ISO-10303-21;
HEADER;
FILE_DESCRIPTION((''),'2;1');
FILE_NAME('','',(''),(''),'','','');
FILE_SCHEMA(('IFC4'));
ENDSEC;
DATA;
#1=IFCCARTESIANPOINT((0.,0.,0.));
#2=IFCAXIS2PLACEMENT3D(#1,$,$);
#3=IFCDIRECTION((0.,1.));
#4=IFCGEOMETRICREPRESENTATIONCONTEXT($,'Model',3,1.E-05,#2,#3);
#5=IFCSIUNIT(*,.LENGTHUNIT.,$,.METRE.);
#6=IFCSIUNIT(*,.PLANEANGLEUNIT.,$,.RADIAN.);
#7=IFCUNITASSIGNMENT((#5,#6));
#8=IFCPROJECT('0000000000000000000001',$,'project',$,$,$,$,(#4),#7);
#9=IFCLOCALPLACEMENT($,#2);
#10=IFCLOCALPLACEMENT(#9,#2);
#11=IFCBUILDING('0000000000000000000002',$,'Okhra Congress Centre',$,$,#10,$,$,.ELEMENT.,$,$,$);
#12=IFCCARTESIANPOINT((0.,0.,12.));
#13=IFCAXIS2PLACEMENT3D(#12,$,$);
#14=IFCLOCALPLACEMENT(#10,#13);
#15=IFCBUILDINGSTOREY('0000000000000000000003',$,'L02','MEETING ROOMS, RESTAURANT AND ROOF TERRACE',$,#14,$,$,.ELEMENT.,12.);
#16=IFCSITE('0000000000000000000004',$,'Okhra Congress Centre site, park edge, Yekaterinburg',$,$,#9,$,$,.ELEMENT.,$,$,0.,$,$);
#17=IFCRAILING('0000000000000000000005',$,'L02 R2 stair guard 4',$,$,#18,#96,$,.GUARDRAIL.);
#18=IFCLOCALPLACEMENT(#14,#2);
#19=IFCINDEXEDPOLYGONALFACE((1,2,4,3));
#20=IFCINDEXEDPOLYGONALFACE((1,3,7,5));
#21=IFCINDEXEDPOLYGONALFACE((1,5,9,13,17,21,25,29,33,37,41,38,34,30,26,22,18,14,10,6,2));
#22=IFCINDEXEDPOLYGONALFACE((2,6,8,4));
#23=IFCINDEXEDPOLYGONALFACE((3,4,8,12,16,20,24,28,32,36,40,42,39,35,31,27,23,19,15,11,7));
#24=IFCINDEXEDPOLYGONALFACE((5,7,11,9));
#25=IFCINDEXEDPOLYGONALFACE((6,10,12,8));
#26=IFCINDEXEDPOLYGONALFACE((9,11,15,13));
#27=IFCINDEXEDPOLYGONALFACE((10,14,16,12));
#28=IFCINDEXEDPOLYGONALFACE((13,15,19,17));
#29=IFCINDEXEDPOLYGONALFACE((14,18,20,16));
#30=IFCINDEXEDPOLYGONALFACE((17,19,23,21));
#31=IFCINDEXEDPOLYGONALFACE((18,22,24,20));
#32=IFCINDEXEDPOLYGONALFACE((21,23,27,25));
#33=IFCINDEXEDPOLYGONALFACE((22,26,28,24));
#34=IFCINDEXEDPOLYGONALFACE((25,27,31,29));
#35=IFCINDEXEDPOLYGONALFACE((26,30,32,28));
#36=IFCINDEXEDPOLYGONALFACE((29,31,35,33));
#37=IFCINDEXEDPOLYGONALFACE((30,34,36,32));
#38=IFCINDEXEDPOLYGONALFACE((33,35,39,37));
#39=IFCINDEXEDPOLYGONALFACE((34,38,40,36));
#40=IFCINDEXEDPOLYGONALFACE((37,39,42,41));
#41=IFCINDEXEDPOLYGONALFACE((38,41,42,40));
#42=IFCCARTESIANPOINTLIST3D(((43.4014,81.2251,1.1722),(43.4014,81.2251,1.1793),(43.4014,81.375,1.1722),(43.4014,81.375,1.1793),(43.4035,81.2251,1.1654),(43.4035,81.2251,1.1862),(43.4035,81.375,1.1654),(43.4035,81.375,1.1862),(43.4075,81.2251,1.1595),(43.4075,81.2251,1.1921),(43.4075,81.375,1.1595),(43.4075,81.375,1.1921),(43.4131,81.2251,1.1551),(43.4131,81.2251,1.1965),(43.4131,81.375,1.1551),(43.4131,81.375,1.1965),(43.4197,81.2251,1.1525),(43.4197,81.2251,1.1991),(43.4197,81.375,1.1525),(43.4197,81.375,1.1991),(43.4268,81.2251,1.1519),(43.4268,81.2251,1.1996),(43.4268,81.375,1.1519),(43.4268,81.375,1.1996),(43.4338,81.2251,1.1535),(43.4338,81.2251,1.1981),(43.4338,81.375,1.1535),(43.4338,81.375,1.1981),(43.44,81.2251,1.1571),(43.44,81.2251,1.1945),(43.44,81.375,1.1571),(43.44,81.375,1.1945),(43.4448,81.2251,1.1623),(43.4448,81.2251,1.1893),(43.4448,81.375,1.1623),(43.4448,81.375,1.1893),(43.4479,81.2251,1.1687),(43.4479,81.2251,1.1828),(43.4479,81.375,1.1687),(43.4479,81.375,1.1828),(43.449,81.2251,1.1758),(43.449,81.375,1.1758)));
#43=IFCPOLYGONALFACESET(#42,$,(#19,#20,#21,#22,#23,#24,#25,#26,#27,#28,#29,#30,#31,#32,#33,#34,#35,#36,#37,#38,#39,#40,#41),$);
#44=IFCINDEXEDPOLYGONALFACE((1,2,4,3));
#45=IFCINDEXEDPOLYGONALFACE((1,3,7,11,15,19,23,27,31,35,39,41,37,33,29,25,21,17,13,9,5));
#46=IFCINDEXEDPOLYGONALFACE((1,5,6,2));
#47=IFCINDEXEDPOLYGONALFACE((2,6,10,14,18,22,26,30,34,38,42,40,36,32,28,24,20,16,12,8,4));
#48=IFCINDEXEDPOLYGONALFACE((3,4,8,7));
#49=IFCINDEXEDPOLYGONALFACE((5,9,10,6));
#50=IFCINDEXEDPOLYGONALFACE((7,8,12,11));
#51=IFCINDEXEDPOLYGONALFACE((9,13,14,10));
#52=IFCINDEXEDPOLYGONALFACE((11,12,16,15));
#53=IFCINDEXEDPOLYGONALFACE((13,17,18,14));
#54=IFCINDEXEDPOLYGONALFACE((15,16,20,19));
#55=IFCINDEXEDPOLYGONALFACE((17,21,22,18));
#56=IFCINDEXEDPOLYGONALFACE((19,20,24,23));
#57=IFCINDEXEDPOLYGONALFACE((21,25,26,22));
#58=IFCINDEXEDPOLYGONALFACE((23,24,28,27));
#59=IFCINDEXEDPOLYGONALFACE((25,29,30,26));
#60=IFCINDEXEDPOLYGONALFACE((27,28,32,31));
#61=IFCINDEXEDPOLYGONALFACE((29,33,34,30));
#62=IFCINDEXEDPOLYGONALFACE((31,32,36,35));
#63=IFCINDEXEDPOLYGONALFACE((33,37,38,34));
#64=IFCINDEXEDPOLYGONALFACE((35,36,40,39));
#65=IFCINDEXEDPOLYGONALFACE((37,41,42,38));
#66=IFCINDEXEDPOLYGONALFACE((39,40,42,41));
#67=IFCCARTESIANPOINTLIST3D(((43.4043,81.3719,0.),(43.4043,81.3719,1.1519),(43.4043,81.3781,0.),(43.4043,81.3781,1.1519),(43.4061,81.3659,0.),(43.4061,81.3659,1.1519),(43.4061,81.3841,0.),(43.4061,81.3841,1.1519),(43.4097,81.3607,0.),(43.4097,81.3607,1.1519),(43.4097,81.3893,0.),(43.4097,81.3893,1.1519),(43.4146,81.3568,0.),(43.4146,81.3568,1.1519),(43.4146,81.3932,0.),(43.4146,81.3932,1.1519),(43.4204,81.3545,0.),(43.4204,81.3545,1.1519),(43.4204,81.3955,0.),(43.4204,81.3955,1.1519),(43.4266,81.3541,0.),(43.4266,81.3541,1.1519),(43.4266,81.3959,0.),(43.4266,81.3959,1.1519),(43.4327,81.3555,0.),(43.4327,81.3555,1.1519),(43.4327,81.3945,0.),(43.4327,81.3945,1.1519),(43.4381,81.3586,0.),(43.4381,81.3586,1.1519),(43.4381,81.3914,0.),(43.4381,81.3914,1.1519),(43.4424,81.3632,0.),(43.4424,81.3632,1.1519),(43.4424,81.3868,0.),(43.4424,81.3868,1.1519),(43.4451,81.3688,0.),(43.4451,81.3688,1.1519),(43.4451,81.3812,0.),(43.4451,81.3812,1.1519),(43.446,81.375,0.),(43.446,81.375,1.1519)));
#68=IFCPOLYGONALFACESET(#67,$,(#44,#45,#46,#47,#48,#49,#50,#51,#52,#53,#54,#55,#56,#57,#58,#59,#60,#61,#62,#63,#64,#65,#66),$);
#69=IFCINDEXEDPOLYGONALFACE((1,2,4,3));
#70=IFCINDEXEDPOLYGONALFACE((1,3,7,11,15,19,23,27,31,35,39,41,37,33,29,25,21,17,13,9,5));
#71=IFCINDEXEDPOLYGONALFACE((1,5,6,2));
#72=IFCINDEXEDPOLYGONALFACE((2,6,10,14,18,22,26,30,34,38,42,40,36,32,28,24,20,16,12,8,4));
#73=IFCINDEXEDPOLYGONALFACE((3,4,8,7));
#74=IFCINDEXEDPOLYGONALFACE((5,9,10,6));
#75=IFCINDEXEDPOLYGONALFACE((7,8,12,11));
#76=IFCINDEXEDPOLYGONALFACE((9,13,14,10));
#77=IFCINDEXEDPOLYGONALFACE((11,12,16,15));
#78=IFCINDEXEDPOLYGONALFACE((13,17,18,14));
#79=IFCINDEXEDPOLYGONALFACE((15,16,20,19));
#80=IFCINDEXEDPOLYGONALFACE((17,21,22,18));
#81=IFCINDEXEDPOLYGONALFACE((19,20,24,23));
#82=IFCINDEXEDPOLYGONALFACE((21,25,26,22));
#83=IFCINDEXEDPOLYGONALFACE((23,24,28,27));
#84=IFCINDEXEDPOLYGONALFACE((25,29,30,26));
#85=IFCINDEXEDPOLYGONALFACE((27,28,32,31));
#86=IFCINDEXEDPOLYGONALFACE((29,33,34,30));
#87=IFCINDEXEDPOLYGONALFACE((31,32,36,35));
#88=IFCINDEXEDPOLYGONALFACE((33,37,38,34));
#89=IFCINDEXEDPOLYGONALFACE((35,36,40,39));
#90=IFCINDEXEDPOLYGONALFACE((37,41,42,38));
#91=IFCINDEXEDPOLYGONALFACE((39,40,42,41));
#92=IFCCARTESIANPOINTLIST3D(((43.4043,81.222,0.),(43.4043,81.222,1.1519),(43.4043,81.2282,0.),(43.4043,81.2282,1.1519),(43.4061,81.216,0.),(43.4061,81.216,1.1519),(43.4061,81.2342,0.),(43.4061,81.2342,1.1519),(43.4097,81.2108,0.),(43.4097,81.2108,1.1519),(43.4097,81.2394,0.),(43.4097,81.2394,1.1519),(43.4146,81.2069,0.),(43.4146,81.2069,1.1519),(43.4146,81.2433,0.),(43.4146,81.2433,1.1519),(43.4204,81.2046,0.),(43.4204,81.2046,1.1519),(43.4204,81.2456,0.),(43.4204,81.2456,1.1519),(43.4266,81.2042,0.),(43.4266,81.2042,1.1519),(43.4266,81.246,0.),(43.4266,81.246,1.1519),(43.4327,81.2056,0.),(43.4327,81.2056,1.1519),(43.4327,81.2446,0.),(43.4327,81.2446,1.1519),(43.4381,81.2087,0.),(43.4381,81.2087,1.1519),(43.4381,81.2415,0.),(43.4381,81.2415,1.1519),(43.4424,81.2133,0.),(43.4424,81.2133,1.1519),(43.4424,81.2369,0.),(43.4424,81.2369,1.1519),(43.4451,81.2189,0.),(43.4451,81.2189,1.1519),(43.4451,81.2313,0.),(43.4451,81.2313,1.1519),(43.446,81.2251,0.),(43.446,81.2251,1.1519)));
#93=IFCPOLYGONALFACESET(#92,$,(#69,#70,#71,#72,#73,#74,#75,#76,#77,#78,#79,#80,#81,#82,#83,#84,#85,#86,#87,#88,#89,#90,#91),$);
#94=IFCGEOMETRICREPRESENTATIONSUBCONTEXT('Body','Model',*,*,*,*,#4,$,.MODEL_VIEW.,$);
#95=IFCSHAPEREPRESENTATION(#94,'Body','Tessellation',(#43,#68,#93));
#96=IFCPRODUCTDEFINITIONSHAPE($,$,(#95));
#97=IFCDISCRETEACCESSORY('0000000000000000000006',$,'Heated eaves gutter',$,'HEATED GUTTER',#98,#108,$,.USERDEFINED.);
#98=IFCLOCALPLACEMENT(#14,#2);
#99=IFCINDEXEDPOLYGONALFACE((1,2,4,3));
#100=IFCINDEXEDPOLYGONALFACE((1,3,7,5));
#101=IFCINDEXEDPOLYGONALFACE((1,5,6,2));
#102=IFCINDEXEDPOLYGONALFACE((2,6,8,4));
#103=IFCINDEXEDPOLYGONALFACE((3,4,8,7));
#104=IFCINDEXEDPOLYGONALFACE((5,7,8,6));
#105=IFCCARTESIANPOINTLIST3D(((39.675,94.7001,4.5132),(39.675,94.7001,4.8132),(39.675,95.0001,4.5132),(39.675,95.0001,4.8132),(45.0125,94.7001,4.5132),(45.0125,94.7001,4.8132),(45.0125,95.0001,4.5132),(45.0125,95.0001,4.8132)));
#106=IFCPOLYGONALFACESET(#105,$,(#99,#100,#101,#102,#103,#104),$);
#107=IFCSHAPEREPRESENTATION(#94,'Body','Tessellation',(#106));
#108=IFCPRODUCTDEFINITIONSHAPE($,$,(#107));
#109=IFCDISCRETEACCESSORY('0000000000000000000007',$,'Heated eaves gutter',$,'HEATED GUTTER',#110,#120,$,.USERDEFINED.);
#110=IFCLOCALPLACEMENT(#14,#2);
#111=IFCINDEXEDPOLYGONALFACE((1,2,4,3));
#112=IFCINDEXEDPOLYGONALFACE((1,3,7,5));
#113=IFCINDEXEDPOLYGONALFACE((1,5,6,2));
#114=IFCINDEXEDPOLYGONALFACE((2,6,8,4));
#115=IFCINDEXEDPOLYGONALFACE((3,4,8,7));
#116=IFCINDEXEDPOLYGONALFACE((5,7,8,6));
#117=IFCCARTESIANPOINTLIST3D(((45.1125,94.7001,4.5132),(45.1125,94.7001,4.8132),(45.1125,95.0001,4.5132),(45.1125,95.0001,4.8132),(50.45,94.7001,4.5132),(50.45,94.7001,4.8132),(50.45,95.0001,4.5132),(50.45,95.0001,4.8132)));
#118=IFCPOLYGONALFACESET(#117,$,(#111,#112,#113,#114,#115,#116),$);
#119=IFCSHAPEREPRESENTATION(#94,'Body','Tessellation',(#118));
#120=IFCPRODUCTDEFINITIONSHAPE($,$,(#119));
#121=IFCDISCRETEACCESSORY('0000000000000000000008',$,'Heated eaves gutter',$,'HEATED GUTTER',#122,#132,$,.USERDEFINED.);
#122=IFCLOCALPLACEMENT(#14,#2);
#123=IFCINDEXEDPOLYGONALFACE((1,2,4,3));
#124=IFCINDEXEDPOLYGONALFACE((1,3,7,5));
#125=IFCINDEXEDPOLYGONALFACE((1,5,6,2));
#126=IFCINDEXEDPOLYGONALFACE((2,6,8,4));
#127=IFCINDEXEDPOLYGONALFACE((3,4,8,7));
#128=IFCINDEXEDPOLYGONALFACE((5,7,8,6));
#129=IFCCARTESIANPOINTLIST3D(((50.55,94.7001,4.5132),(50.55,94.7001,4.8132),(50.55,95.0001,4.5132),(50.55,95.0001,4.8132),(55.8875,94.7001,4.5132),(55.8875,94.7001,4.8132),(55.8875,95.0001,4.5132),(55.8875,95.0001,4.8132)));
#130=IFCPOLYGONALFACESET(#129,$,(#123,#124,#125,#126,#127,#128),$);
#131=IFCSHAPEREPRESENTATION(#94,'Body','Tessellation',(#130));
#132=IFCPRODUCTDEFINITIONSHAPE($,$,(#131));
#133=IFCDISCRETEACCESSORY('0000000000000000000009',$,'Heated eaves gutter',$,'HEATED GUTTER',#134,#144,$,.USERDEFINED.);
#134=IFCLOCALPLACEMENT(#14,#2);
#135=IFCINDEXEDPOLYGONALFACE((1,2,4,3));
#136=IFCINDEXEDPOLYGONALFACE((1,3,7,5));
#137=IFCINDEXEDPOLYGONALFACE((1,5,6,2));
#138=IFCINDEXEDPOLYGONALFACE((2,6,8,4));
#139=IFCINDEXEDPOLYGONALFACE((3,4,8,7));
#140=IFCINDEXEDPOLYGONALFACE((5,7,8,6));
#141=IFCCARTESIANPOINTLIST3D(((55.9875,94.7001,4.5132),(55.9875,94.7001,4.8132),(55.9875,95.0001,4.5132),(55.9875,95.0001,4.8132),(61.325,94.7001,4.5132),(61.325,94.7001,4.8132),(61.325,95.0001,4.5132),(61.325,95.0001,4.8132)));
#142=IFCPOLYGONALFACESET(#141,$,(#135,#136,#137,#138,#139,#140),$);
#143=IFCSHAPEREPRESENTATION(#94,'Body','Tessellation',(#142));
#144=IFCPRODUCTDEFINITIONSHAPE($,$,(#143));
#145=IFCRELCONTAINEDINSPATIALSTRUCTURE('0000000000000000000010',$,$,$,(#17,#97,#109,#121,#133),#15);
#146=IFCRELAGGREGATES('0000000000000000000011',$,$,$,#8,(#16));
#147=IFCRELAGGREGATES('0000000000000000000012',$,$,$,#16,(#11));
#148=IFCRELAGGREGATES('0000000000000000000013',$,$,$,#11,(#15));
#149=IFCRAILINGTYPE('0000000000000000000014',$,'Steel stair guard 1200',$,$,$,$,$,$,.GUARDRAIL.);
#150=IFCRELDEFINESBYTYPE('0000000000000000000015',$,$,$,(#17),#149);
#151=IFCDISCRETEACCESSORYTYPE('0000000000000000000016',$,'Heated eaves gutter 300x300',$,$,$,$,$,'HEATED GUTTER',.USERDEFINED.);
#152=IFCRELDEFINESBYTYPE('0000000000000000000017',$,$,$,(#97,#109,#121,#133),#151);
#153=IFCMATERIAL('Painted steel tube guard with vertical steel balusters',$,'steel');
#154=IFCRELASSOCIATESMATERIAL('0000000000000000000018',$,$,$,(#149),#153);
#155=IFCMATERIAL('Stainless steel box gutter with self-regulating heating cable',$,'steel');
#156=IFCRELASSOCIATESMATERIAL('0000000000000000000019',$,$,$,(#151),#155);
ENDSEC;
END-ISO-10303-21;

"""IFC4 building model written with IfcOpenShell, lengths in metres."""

from ifc_helpers import new_model, si_unit, direction, frame, origin, origin_2d, place, context, subcontext, project, spatial, rectangle, circle, extrude, material, type_object, element, save


model = new_model("IFC4")

# Units and contexts
model_context = context("Model", 3, precision=1e-05, world=origin(), true_north=direction((0.0, 1.0)))
body_context = subcontext(model_context, "Body", "Model", "MODEL_VIEW")
ifc_project = project(units=[si_unit("LENGTHUNIT", "METRE"), si_unit("PLANEANGLEUNIT", "RADIAN")], contexts=[model_context])

# Site, building, storey
site_placement = place(None, origin())
site = spatial("IfcSite", under=ifc_project, at=site_placement, Name="Okhra Congress Centre site, park edge, Yekaterinburg", CompositionType="ELEMENT", RefElevation=0.0)
building_placement = place(site_placement, origin())
building = spatial("IfcBuilding", under=site, at=building_placement, Name="Okhra Congress Centre", CompositionType="ELEMENT")
storey_placement = place(building_placement, frame((0.0, 0.0, 12.0)))
storey = spatial("IfcBuildingStorey", under=building, at=storey_placement, Name="L02", Description="MEETING ROOMS, RESTAURANT AND ROOF TERRACE", CompositionType="ELEMENT", Elevation=12.0)

# Railing
ifc_material_1 = material(Name="Painted steel tube guard with vertical steel balusters", Category="steel")
railing_type_1 = type_object("IfcRailingType", Name="Steel stair guard 1200", PredefinedType="GUARDRAIL", material=ifc_material_1)
railing_1_placement = place(storey_placement, frame((43.425, 81.375, 0.0)))
element("IfcRailing", 1, at=railing_1_placement, inside=storey, type_object=railing_type_1, Name="L02 R2 stair guard 4", PredefinedType="GUARDRAIL", context=body_context, shape_type="SweptSolid", body=[
    extrude(circle(Radius=0.0239, at=origin_2d()), frame((0.0, 0.0, 1.1758), z_axis=(0.0, -1.0, 0.0), x_axis=(1.0, 0.0, 0.0)), (0.0, 0.0, 1.0), 0.1499),
    extrude(circle(Radius=0.021, at=origin_2d()), origin(), (0.0, 0.0, 1.0), 1.1519),
    extrude(circle(Radius=0.021, at=origin_2d()), frame((0.0, -0.1499, 0.0)), (0.0, 0.0, 1.0), 1.1519),
])

# Discrete accessories
ifc_material_2 = material(Name="Stainless steel box gutter with self-regulating heating cable", Category="steel")
discrete_accessory_type = type_object("IfcDiscreteAccessoryType", Name="Heated eaves gutter 300x300", ElementType="HEATED GUTTER", PredefinedType="USERDEFINED", material=ifc_material_2)
for number, where, z_axis, x_axis, name in (
    (2, (42.3438, 94.8501, 4.5132), (0.0, 0.0, 1.0), (1.0, 0.0, 0.0), "Heated eaves gutter"),
    (3, (47.7812, 94.8501, 4.5132), (0.0, 0.0, 1.0), (1.0, 0.0, 0.0), "Heated eaves gutter"),
    (4, (53.2188, 94.8501, 4.5132), (0.0, 0.0, 1.0), (1.0, 0.0, 0.0), "Heated eaves gutter"),
    (5, (58.6562, 94.8501, 4.5132), (0.0, 0.0, 1.0), (1.0, 0.0, 0.0), "Heated eaves gutter"),
):
    element("IfcDiscreteAccessory", number, at=place(storey_placement, frame(where, z_axis=z_axis, x_axis=x_axis)), inside=storey, type_object=discrete_accessory_type, Name=name, ObjectType="HEATED GUTTER", PredefinedType="USERDEFINED", context=body_context, shape_type="SweptSolid", body=[
        extrude(rectangle(XDim=5.3374, YDim=0.3, at=origin_2d()), origin(), (0.0, 0.0, 1.0), 0.3),
    ])

save(model, "model.ifc")
